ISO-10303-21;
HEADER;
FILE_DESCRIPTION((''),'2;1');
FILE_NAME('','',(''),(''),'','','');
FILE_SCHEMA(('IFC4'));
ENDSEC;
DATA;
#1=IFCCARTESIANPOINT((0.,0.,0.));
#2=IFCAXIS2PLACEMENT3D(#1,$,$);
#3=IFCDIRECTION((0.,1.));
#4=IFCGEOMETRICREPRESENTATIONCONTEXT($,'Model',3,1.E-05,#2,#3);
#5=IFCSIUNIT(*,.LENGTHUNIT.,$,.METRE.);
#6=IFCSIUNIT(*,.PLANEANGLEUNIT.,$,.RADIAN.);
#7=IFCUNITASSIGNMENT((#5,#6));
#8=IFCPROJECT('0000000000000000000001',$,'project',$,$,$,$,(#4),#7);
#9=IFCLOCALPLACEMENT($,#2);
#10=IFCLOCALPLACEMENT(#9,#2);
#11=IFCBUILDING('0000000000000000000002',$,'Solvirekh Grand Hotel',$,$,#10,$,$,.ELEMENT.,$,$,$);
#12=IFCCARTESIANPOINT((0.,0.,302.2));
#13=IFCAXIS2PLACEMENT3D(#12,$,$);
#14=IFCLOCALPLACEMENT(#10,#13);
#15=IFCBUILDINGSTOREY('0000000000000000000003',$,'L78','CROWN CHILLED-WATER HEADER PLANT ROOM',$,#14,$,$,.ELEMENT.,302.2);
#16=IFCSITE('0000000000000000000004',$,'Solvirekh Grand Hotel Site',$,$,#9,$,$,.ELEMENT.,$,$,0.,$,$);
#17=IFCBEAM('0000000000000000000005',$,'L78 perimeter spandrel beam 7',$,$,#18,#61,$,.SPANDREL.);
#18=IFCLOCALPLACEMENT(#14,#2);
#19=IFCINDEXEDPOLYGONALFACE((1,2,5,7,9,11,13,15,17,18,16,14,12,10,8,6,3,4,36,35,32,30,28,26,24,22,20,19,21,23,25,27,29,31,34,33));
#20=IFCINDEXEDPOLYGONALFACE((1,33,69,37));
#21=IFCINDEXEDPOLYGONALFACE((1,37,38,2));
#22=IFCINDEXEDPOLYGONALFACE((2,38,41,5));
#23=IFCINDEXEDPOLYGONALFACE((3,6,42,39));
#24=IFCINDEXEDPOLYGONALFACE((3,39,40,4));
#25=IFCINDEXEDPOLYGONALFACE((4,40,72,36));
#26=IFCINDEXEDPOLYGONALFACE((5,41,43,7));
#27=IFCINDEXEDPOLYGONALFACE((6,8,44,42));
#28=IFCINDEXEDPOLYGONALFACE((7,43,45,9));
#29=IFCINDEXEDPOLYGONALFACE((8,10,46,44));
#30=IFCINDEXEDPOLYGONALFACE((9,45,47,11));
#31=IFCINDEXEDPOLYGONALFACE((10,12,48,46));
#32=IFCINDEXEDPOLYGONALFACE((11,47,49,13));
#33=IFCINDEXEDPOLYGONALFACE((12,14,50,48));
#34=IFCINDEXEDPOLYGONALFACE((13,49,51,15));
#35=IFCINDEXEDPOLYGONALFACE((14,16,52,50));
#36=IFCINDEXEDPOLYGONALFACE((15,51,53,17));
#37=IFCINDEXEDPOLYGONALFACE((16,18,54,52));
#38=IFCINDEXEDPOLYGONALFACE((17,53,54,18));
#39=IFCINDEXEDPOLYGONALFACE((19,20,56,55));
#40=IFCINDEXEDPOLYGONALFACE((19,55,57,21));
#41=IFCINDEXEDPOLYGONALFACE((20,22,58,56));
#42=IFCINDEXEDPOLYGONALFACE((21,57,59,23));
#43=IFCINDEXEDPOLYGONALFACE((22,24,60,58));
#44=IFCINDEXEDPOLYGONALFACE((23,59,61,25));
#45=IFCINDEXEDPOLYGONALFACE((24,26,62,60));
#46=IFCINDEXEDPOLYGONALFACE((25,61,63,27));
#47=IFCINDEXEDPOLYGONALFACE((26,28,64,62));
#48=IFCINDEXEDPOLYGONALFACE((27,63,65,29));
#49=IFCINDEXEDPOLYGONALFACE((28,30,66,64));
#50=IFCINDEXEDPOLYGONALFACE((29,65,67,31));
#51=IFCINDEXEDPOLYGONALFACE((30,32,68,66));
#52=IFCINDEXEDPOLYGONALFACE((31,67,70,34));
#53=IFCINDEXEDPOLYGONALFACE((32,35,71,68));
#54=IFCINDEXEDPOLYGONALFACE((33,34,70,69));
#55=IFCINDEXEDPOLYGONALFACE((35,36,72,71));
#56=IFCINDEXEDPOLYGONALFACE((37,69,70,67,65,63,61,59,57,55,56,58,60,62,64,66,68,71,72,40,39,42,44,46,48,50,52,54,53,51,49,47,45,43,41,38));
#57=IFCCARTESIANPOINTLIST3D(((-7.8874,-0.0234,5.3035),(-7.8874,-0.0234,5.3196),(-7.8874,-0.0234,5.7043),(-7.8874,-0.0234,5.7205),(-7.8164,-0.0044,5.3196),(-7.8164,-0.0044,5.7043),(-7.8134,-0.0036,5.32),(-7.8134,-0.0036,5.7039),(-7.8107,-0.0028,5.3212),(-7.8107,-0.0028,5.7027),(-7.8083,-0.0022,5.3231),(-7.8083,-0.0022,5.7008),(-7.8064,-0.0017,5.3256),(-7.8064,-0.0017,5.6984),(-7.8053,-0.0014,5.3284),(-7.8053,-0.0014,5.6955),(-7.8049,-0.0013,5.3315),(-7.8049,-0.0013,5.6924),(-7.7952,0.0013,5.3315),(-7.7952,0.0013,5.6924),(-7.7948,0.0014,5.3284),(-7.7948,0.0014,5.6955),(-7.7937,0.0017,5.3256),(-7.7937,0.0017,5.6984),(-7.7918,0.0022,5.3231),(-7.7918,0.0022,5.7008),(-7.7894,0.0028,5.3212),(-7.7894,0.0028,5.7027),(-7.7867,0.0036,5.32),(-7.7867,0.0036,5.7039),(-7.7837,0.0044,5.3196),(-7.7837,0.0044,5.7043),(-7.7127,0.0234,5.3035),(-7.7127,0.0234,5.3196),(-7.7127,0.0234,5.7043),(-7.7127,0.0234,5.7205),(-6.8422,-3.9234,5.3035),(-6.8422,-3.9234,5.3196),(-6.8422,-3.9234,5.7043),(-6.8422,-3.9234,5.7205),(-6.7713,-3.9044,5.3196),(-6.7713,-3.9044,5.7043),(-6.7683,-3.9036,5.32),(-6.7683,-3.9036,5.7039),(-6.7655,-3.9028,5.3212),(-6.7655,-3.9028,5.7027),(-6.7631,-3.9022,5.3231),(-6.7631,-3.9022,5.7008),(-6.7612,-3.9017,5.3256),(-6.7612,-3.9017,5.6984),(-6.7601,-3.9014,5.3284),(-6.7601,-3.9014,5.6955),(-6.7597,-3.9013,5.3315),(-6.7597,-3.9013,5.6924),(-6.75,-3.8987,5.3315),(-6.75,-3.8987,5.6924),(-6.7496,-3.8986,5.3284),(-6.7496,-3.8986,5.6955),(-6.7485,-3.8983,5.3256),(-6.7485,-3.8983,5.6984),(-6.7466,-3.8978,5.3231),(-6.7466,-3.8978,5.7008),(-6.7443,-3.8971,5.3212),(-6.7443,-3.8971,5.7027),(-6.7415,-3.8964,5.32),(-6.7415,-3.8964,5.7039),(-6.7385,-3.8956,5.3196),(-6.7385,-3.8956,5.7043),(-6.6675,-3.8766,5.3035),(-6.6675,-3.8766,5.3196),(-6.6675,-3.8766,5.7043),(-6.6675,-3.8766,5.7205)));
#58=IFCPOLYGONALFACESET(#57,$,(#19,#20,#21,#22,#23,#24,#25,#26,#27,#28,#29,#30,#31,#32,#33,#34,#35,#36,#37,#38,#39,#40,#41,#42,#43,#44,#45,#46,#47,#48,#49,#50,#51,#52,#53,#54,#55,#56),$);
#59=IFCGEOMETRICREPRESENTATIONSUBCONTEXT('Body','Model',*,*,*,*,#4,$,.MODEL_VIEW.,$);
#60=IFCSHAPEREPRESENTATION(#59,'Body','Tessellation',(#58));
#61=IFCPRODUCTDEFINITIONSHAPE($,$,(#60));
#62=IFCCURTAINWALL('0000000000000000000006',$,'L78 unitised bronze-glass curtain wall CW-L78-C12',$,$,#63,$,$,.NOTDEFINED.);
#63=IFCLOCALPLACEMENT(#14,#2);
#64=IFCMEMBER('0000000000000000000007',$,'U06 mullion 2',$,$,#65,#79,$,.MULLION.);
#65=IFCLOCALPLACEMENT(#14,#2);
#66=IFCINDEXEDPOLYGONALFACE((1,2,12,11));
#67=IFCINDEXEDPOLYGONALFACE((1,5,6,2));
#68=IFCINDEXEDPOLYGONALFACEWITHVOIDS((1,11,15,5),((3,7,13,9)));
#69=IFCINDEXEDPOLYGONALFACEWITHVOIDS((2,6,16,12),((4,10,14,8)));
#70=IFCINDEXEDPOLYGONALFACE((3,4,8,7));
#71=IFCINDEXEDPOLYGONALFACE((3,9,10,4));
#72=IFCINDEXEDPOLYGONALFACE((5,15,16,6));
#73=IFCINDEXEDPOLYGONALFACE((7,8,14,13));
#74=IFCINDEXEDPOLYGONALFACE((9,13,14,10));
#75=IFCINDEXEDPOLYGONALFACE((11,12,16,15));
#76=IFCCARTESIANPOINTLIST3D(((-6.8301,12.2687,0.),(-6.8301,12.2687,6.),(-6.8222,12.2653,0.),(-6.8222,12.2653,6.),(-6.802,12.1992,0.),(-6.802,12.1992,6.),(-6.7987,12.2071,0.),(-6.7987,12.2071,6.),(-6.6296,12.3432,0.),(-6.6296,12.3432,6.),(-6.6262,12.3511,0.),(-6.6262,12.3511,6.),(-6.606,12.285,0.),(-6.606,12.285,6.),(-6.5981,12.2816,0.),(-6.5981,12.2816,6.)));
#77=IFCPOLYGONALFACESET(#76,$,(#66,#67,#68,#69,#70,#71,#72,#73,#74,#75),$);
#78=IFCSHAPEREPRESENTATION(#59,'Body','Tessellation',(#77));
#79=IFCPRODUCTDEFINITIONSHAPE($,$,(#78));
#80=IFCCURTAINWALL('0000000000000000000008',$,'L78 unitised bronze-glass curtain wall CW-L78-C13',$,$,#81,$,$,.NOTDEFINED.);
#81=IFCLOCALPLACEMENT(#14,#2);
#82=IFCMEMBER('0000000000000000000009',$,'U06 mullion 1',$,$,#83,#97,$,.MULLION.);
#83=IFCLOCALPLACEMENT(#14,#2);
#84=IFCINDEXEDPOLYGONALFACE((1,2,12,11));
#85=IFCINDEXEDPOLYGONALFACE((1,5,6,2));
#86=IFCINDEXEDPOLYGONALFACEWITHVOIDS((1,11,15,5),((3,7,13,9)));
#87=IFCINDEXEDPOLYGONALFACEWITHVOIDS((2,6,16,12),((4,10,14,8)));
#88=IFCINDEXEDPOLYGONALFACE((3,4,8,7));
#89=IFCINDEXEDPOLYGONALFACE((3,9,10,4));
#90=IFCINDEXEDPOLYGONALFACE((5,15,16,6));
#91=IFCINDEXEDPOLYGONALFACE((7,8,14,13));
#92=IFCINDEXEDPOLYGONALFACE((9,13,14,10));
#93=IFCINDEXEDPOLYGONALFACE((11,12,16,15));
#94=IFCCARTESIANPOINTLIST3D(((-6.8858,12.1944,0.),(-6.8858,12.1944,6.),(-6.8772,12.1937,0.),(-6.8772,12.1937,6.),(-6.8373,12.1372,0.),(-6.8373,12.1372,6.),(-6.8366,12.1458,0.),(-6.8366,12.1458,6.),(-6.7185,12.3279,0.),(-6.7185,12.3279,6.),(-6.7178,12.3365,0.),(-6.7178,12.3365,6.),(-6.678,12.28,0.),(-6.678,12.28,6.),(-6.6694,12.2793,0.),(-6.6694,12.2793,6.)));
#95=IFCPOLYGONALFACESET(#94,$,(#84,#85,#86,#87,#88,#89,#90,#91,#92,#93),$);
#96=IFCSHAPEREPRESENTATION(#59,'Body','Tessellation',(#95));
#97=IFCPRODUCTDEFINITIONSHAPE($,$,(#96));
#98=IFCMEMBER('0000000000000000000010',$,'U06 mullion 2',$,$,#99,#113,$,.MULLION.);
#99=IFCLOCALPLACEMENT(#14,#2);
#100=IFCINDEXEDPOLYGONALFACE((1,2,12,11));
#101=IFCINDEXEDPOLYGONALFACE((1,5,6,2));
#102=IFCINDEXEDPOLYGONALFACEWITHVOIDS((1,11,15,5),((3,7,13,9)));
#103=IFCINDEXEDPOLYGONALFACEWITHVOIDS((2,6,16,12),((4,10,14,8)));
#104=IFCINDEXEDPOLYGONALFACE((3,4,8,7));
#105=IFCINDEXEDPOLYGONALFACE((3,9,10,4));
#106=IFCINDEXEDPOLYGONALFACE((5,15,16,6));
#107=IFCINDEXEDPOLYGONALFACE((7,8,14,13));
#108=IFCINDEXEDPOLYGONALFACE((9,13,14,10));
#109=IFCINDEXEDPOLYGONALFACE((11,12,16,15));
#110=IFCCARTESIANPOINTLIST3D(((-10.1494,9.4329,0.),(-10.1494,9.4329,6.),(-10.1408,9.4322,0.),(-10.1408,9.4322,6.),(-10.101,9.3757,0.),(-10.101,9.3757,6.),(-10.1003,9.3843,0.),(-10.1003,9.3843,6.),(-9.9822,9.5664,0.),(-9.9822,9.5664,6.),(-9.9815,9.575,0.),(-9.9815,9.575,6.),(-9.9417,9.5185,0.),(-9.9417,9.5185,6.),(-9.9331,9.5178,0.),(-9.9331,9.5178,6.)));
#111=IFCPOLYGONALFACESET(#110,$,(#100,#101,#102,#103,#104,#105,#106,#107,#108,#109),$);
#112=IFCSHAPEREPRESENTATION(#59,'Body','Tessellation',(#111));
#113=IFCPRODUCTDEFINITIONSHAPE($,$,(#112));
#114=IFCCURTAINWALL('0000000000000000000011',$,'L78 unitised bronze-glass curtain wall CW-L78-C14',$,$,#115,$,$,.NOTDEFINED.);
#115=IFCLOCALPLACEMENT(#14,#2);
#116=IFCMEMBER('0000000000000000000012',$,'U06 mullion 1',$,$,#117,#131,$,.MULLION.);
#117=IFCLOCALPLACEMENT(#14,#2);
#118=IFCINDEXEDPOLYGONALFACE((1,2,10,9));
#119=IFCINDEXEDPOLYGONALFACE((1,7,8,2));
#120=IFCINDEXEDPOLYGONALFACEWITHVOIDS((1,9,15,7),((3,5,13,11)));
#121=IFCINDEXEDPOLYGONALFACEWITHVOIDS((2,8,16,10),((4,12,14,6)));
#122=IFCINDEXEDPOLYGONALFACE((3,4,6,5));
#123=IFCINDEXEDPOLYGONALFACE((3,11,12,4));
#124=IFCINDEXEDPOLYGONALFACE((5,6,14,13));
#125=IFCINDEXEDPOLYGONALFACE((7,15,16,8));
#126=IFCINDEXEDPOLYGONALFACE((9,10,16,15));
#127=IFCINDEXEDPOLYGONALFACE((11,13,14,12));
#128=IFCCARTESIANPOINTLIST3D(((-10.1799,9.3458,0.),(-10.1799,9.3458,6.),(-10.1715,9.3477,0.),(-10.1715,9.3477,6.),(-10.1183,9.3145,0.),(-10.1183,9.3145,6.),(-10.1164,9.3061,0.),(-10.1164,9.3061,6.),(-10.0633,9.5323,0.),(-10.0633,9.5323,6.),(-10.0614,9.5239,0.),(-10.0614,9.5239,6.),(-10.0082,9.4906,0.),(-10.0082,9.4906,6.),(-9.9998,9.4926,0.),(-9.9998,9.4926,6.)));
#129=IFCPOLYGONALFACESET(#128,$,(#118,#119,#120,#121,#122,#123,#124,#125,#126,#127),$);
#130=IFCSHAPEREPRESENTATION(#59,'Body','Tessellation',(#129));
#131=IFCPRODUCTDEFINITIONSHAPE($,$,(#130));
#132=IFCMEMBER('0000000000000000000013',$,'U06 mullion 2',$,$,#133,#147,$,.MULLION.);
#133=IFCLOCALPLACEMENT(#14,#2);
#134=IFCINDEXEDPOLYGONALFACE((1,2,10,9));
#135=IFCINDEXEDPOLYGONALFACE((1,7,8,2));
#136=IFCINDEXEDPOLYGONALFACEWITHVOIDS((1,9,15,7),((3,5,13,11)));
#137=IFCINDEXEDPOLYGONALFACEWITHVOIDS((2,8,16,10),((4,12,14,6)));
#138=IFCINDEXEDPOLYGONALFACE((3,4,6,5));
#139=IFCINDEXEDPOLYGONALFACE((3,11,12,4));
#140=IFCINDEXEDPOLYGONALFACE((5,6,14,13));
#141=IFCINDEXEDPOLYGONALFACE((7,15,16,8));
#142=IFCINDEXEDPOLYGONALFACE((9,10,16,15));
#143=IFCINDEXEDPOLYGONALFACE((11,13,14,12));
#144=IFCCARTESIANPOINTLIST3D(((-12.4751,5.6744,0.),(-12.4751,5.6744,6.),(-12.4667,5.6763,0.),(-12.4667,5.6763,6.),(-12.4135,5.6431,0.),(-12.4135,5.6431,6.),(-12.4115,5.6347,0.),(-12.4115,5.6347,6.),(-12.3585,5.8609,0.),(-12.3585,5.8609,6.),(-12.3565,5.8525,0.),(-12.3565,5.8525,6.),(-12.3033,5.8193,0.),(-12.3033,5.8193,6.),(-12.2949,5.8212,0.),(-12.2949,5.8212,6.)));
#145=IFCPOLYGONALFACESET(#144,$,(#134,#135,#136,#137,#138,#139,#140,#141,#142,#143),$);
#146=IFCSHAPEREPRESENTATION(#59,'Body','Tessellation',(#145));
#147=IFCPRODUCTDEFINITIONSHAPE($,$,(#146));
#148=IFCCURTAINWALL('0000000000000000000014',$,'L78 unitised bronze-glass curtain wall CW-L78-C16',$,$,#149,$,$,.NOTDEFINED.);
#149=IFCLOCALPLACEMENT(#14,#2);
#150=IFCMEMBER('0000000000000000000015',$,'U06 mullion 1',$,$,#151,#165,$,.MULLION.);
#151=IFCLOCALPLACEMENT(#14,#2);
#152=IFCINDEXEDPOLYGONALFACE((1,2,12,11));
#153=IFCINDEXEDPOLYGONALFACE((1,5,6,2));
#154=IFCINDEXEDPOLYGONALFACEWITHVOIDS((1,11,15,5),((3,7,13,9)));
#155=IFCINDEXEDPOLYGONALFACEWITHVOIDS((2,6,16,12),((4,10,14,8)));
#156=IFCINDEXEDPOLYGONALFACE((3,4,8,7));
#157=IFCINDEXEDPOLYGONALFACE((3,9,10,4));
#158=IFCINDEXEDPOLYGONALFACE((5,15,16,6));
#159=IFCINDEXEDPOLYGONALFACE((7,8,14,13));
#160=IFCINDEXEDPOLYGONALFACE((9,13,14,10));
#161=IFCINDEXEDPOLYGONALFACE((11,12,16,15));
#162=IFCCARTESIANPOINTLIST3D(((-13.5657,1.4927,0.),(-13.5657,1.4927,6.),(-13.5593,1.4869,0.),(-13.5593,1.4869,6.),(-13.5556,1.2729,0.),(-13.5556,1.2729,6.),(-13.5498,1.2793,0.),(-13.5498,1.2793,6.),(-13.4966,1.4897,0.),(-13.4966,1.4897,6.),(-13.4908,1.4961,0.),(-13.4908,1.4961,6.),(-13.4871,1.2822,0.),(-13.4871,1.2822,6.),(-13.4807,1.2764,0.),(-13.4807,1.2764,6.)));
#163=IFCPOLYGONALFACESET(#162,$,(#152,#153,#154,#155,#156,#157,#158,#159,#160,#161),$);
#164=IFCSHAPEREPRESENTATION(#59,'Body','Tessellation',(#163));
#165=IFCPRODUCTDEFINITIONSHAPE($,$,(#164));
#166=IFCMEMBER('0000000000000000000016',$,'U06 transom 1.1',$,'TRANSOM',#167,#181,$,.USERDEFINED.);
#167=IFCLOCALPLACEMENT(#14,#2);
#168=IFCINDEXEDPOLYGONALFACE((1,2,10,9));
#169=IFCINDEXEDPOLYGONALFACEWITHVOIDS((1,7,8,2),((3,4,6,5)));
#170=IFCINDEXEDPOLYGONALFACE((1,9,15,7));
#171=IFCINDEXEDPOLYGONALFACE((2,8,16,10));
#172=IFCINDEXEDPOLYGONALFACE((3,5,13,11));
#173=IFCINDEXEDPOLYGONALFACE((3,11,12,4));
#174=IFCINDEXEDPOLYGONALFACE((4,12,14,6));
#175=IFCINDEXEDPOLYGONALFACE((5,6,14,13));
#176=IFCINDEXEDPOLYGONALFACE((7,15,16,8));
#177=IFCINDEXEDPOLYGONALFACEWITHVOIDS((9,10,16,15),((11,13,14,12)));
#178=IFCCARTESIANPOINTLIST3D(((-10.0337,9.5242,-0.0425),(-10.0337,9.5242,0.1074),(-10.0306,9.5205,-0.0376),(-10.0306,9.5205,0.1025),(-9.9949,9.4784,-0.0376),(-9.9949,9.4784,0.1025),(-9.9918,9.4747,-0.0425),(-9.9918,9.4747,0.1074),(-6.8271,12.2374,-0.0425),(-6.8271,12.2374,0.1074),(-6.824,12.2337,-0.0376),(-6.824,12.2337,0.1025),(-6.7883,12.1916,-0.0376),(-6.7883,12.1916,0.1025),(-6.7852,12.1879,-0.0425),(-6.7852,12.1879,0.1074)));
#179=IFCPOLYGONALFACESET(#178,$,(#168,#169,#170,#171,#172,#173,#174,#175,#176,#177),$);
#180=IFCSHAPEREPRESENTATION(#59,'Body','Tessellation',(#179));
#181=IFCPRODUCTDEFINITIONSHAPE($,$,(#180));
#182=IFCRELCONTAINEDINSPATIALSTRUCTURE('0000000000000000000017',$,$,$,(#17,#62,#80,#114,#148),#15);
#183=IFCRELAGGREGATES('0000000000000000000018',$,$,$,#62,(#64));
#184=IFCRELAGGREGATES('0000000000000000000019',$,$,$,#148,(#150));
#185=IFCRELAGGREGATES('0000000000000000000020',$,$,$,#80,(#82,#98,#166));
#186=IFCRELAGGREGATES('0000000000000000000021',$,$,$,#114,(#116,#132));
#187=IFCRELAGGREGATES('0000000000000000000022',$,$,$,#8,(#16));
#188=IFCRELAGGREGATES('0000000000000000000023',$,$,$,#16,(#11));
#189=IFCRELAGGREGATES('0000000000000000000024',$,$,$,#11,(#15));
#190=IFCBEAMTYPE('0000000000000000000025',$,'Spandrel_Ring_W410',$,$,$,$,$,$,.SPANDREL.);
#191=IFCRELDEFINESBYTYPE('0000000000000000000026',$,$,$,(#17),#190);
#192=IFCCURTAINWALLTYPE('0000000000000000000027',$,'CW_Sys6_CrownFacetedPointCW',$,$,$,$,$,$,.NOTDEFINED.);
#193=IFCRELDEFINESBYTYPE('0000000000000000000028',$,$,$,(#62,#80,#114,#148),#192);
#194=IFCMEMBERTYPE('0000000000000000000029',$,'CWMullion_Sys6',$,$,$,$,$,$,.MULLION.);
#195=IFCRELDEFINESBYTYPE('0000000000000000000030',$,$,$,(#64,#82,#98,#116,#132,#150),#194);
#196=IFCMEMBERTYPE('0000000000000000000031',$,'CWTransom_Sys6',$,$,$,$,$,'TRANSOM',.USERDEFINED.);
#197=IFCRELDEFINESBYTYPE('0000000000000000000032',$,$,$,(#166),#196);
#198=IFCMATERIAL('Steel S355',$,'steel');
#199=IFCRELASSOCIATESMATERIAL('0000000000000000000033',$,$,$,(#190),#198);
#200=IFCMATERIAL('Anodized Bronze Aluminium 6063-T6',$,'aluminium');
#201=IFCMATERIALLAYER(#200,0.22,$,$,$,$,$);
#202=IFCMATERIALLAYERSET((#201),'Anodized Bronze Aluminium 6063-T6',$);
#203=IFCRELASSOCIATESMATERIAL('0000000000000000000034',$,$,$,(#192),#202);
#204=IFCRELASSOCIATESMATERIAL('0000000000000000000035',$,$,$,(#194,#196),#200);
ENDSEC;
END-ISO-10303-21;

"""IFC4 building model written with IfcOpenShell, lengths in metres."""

from ifc_helpers import new_model, si_unit, direction, frame, origin, origin_2d, place, context, subcontext, project, spatial, hollow_rectangle, i_section, extrude, source, transform, mapped, material, layer, layer_set, material_profile, profile_set, type_object, element, aggregate, save


model = new_model("IFC4")

# Units and contexts
model_context = context("Model", 3, precision=1e-05, world=origin(), true_north=direction((0.0, 1.0)))
body_context = subcontext(model_context, "Body", "Model", "MODEL_VIEW")
ifc_project = project(units=[si_unit("LENGTHUNIT", "METRE"), si_unit("PLANEANGLEUNIT", "RADIAN")], contexts=[model_context])

# Site, building, storey
site_placement = place(None, origin())
site = spatial("IfcSite", under=ifc_project, at=site_placement, Name="Solvirekh Grand Hotel Site", CompositionType="ELEMENT", RefElevation=0.0)
building_placement = place(site_placement, origin())
building = spatial("IfcBuilding", under=site, at=building_placement, Name="Solvirekh Grand Hotel", CompositionType="ELEMENT")
storey_placement = place(building_placement, frame((0.0, 0.0, 302.2)))
storey = spatial("IfcBuildingStorey", under=building, at=storey_placement, Name="L78", Description="CROWN CHILLED-WATER HEADER PLANT ROOM", CompositionType="ELEMENT", Elevation=302.2)

# Beam
ifc_material_1 = material(Name="Steel S355", Category="steel")
ifc_material_profile_1 = material_profile(ifc_material_1, i_section(OverallWidth=0.1809, OverallDepth=0.417, WebThickness=0.01, FlangeThickness=0.0161, FilletRadius=0.012, at=origin_2d()), Name="W410X85")
ifc_profile_set_1 = profile_set([ifc_material_profile_1], Name="Steel S355")
beam_type = type_object("IfcBeamType", Name="Spandrel_Ring_W410", PredefinedType="SPANDREL", material=ifc_profile_set_1)
for number, where, z_axis, x_axis, name in (
    (1, (-7.8, 0.0, 5.512), (0.258863, -0.965914, 0.0), (0.965914, 0.258863, 0.0), "L78 perimeter spandrel beam 7"),
):
    element("IfcBeam", number, at=place(storey_placement, frame(where, z_axis=z_axis, x_axis=x_axis)), inside=storey, type_object=beam_type, Name=name, PredefinedType="SPANDREL", context=body_context, shape_type="SweptSolid", body=[
        extrude(i_section(OverallWidth=0.1809, OverallDepth=0.417, WebThickness=0.01, FlangeThickness=0.0161, FilletRadius=0.012, at=origin_2d()), origin(), (0.0, 0.0, 1.0), 4.0376),
    ])

# Curtain wall, member
ifc_material_2 = material(Name="Anodized Bronze Aluminium 6063-T6", Category="aluminium")
ifc_layer_1 = layer(ifc_material_2, 0.22)
ifc_layer_set_1 = layer_set([ifc_layer_1], Name="Anodized Bronze Aluminium 6063-T6")
curtain_wall_type = type_object("IfcCurtainWallType", Name="CW_Sys6_CrownFacetedPointCW", PredefinedType="NOTDEFINED", material=ifc_layer_set_1)
curtain_wall_1_placement = place(storey_placement, origin())
curtain_wall_1 = element("IfcCurtainWall", 2, at=curtain_wall_1_placement, inside=storey, type_object=curtain_wall_type, Name="L78 unitised bronze-glass curtain wall CW-L78-C12", PredefinedType="NOTDEFINED")
ifc_material_profile_2 = material_profile(ifc_material_2, hollow_rectangle(XDim=0.075, YDim=0.22, WallThickness=0.0061, at=origin_2d()), Name="ALU RHS 220X75X6")
ifc_profile_set_2 = profile_set([ifc_material_profile_2], Name="Anodized Bronze Aluminium 6063-T6")
member_type_1 = type_object("IfcMemberType", Name="CWMullion_Sys6", PredefinedType="MULLION", material=ifc_profile_set_2)
shared_shape_1 = source(origin(), body_context, "Body", "SweptSolid", [
    extrude(hollow_rectangle(XDim=0.075, YDim=0.22, WallThickness=0.0061, at=origin_2d()), origin(), (0.0, 0.0, 1.0), 6.0),
])
member_1_placement = place(storey_placement, frame((-6.7141, 12.2751, 0.0), z_axis=(0.0, 0.0, 1.0), x_axis=(0.374721, -0.927138, 0.0)))
member_1 = element("IfcMember", 3, at=member_1_placement, type_object=member_type_1, Name="U06 mullion 2", PredefinedType="MULLION", context=body_context, shape_type="MappedRepresentation", body=[
    mapped(shared_shape_1, transform((0.0, 0.0, 0.0), x_axis=(1.0, 0.0, 0.0), y_axis=(0.0, 1.0, 0.0), z_axis=(0.0, 0.0, 1.0), scale=1.0)),
])
aggregate(curtain_wall_1, [member_1])

# Curtain walls, members
curtain_wall_2_placement = place(storey_placement, origin())
curtain_wall_2 = element("IfcCurtainWall", 4, at=curtain_wall_2_placement, inside=storey, type_object=curtain_wall_type, Name="L78 unitised bronze-glass curtain wall CW-L78-C13", PredefinedType="NOTDEFINED")
member_2_placement = place(storey_placement, frame((-6.7776, 12.2368, 0.0), z_axis=(0.0, 0.0, 1.0), x_axis=(0.645932, -0.763395, 0.0)))
member_2 = element("IfcMember", 5, at=member_2_placement, type_object=member_type_1, Name="U06 mullion 1", PredefinedType="MULLION", context=body_context, shape_type="MappedRepresentation", body=[
    mapped(shared_shape_1, transform((0.0, 0.0, 0.0), x_axis=(1.0, 0.0, 0.0), y_axis=(0.0, 1.0, 0.0), z_axis=(0.0, 0.0, 1.0), scale=1.0)),
])
member_3_placement = place(storey_placement, frame((-10.0413, 9.4753, 0.0), z_axis=(0.0, 0.0, 1.0), x_axis=(0.645932, -0.763395, 0.0)))
member_3 = element("IfcMember", 6, at=member_3_placement, type_object=member_type_1, Name="U06 mullion 2", PredefinedType="MULLION", context=body_context, shape_type="MappedRepresentation", body=[
    mapped(shared_shape_1, transform((0.0, 0.0, 0.0), x_axis=(1.0, 0.0, 0.0), y_axis=(0.0, 1.0, 0.0), z_axis=(0.0, 0.0, 1.0), scale=1.0)),
])
curtain_wall_3_placement = place(storey_placement, origin())
curtain_wall_3 = element("IfcCurtainWall", 7, at=curtain_wall_3_placement, inside=storey, type_object=curtain_wall_type, Name="L78 unitised bronze-glass curtain wall CW-L78-C14", PredefinedType="NOTDEFINED")
member_4_placement = place(storey_placement, frame((-10.0898, 9.4192, 0.0), z_axis=(0.0, 0.0, 1.0), x_axis=(0.847935, -0.530101, 0.0)))
member_4 = element("IfcMember", 8, at=member_4_placement, type_object=member_type_1, Name="U06 mullion 1", PredefinedType="MULLION", context=body_context, shape_type="MappedRepresentation", body=[
    mapped(shared_shape_1, transform((0.0, 0.0, 0.0), x_axis=(1.0, 0.0, 0.0), y_axis=(0.0, 1.0, 0.0), z_axis=(0.0, 0.0, 1.0), scale=1.0)),
])
member_5_placement = place(storey_placement, frame((-12.385, 5.7478, 0.0), z_axis=(0.0, 0.0, 1.0), x_axis=(0.847935, -0.530101, 0.0)))
member_5 = element("IfcMember", 9, at=member_5_placement, type_object=member_type_1, Name="U06 mullion 2", PredefinedType="MULLION", context=body_context, shape_type="MappedRepresentation", body=[
    mapped(shared_shape_1, transform((0.0, 0.0, 0.0), x_axis=(1.0, 0.0, 0.0), y_axis=(0.0, 1.0, 0.0), z_axis=(0.0, 0.0, 1.0), scale=1.0)),
])

# Curtain wall, member
curtain_wall_4_placement = place(storey_placement, origin())
curtain_wall_4 = element("IfcCurtainWall", 10, at=curtain_wall_4_placement, inside=storey, type_object=curtain_wall_type, Name="L78 unitised bronze-glass curtain wall CW-L78-C16", PredefinedType="NOTDEFINED")
member_6_placement = place(storey_placement, frame((-13.5232, 1.3845, 0.0), z_axis=(0.0, 0.0, 1.0), x_axis=(0.998954, 0.045735, 0.0)))
member_6 = element("IfcMember", 11, at=member_6_placement, type_object=member_type_1, Name="U06 mullion 1", PredefinedType="MULLION", context=body_context, shape_type="MappedRepresentation", body=[
    mapped(shared_shape_1, transform((0.0, 0.0, 0.0), x_axis=(1.0, 0.0, 0.0), y_axis=(0.0, 1.0, 0.0), z_axis=(0.0, 0.0, 1.0), scale=1.0)),
])

# Member
ifc_material_profile_3 = material_profile(ifc_material_2, hollow_rectangle(XDim=0.0649, YDim=0.1499, WallThickness=0.0049, at=origin_2d()), Name="ALU RHS 150X65X5")
ifc_profile_set_3 = profile_set([ifc_material_profile_3], Name="Anodized Bronze Aluminium 6063-T6")
member_type_2 = type_object("IfcMemberType", Name="CWTransom_Sys6", ElementType="TRANSOM", PredefinedType="USERDEFINED", material=ifc_profile_set_3)
shared_shape_2 = source(origin(), body_context, "Body", "SweptSolid", [
    extrude(hollow_rectangle(XDim=0.0649, YDim=0.1499, WallThickness=0.0049, at=origin_2d()), origin(), (0.0, 0.0, 1.0), 4.2004),
])
member_7_placement = place(storey_placement, frame((-6.8062, 12.2126, 0.0325), z_axis=(-0.763397, -0.645929, 0.0), x_axis=(0.645929, -0.763397, 0.0)))
member_7 = element("IfcMember", 12, at=member_7_placement, type_object=member_type_2, Name="U06 transom 1.1", ObjectType="TRANSOM", PredefinedType="USERDEFINED", context=body_context, shape_type="MappedRepresentation", body=[
    mapped(shared_shape_2, transform((0.0, 0.0, 0.0), x_axis=(1.0, 0.0, 0.0), y_axis=(0.0, 1.0, 0.0), z_axis=(0.0, 0.0, 1.0), scale=1.0)),
])
aggregate(curtain_wall_4, [member_6])

aggregate(curtain_wall_2, [member_2, member_3, member_7])
aggregate(curtain_wall_3, [member_4, member_5])

save(model, "model.ifc")
